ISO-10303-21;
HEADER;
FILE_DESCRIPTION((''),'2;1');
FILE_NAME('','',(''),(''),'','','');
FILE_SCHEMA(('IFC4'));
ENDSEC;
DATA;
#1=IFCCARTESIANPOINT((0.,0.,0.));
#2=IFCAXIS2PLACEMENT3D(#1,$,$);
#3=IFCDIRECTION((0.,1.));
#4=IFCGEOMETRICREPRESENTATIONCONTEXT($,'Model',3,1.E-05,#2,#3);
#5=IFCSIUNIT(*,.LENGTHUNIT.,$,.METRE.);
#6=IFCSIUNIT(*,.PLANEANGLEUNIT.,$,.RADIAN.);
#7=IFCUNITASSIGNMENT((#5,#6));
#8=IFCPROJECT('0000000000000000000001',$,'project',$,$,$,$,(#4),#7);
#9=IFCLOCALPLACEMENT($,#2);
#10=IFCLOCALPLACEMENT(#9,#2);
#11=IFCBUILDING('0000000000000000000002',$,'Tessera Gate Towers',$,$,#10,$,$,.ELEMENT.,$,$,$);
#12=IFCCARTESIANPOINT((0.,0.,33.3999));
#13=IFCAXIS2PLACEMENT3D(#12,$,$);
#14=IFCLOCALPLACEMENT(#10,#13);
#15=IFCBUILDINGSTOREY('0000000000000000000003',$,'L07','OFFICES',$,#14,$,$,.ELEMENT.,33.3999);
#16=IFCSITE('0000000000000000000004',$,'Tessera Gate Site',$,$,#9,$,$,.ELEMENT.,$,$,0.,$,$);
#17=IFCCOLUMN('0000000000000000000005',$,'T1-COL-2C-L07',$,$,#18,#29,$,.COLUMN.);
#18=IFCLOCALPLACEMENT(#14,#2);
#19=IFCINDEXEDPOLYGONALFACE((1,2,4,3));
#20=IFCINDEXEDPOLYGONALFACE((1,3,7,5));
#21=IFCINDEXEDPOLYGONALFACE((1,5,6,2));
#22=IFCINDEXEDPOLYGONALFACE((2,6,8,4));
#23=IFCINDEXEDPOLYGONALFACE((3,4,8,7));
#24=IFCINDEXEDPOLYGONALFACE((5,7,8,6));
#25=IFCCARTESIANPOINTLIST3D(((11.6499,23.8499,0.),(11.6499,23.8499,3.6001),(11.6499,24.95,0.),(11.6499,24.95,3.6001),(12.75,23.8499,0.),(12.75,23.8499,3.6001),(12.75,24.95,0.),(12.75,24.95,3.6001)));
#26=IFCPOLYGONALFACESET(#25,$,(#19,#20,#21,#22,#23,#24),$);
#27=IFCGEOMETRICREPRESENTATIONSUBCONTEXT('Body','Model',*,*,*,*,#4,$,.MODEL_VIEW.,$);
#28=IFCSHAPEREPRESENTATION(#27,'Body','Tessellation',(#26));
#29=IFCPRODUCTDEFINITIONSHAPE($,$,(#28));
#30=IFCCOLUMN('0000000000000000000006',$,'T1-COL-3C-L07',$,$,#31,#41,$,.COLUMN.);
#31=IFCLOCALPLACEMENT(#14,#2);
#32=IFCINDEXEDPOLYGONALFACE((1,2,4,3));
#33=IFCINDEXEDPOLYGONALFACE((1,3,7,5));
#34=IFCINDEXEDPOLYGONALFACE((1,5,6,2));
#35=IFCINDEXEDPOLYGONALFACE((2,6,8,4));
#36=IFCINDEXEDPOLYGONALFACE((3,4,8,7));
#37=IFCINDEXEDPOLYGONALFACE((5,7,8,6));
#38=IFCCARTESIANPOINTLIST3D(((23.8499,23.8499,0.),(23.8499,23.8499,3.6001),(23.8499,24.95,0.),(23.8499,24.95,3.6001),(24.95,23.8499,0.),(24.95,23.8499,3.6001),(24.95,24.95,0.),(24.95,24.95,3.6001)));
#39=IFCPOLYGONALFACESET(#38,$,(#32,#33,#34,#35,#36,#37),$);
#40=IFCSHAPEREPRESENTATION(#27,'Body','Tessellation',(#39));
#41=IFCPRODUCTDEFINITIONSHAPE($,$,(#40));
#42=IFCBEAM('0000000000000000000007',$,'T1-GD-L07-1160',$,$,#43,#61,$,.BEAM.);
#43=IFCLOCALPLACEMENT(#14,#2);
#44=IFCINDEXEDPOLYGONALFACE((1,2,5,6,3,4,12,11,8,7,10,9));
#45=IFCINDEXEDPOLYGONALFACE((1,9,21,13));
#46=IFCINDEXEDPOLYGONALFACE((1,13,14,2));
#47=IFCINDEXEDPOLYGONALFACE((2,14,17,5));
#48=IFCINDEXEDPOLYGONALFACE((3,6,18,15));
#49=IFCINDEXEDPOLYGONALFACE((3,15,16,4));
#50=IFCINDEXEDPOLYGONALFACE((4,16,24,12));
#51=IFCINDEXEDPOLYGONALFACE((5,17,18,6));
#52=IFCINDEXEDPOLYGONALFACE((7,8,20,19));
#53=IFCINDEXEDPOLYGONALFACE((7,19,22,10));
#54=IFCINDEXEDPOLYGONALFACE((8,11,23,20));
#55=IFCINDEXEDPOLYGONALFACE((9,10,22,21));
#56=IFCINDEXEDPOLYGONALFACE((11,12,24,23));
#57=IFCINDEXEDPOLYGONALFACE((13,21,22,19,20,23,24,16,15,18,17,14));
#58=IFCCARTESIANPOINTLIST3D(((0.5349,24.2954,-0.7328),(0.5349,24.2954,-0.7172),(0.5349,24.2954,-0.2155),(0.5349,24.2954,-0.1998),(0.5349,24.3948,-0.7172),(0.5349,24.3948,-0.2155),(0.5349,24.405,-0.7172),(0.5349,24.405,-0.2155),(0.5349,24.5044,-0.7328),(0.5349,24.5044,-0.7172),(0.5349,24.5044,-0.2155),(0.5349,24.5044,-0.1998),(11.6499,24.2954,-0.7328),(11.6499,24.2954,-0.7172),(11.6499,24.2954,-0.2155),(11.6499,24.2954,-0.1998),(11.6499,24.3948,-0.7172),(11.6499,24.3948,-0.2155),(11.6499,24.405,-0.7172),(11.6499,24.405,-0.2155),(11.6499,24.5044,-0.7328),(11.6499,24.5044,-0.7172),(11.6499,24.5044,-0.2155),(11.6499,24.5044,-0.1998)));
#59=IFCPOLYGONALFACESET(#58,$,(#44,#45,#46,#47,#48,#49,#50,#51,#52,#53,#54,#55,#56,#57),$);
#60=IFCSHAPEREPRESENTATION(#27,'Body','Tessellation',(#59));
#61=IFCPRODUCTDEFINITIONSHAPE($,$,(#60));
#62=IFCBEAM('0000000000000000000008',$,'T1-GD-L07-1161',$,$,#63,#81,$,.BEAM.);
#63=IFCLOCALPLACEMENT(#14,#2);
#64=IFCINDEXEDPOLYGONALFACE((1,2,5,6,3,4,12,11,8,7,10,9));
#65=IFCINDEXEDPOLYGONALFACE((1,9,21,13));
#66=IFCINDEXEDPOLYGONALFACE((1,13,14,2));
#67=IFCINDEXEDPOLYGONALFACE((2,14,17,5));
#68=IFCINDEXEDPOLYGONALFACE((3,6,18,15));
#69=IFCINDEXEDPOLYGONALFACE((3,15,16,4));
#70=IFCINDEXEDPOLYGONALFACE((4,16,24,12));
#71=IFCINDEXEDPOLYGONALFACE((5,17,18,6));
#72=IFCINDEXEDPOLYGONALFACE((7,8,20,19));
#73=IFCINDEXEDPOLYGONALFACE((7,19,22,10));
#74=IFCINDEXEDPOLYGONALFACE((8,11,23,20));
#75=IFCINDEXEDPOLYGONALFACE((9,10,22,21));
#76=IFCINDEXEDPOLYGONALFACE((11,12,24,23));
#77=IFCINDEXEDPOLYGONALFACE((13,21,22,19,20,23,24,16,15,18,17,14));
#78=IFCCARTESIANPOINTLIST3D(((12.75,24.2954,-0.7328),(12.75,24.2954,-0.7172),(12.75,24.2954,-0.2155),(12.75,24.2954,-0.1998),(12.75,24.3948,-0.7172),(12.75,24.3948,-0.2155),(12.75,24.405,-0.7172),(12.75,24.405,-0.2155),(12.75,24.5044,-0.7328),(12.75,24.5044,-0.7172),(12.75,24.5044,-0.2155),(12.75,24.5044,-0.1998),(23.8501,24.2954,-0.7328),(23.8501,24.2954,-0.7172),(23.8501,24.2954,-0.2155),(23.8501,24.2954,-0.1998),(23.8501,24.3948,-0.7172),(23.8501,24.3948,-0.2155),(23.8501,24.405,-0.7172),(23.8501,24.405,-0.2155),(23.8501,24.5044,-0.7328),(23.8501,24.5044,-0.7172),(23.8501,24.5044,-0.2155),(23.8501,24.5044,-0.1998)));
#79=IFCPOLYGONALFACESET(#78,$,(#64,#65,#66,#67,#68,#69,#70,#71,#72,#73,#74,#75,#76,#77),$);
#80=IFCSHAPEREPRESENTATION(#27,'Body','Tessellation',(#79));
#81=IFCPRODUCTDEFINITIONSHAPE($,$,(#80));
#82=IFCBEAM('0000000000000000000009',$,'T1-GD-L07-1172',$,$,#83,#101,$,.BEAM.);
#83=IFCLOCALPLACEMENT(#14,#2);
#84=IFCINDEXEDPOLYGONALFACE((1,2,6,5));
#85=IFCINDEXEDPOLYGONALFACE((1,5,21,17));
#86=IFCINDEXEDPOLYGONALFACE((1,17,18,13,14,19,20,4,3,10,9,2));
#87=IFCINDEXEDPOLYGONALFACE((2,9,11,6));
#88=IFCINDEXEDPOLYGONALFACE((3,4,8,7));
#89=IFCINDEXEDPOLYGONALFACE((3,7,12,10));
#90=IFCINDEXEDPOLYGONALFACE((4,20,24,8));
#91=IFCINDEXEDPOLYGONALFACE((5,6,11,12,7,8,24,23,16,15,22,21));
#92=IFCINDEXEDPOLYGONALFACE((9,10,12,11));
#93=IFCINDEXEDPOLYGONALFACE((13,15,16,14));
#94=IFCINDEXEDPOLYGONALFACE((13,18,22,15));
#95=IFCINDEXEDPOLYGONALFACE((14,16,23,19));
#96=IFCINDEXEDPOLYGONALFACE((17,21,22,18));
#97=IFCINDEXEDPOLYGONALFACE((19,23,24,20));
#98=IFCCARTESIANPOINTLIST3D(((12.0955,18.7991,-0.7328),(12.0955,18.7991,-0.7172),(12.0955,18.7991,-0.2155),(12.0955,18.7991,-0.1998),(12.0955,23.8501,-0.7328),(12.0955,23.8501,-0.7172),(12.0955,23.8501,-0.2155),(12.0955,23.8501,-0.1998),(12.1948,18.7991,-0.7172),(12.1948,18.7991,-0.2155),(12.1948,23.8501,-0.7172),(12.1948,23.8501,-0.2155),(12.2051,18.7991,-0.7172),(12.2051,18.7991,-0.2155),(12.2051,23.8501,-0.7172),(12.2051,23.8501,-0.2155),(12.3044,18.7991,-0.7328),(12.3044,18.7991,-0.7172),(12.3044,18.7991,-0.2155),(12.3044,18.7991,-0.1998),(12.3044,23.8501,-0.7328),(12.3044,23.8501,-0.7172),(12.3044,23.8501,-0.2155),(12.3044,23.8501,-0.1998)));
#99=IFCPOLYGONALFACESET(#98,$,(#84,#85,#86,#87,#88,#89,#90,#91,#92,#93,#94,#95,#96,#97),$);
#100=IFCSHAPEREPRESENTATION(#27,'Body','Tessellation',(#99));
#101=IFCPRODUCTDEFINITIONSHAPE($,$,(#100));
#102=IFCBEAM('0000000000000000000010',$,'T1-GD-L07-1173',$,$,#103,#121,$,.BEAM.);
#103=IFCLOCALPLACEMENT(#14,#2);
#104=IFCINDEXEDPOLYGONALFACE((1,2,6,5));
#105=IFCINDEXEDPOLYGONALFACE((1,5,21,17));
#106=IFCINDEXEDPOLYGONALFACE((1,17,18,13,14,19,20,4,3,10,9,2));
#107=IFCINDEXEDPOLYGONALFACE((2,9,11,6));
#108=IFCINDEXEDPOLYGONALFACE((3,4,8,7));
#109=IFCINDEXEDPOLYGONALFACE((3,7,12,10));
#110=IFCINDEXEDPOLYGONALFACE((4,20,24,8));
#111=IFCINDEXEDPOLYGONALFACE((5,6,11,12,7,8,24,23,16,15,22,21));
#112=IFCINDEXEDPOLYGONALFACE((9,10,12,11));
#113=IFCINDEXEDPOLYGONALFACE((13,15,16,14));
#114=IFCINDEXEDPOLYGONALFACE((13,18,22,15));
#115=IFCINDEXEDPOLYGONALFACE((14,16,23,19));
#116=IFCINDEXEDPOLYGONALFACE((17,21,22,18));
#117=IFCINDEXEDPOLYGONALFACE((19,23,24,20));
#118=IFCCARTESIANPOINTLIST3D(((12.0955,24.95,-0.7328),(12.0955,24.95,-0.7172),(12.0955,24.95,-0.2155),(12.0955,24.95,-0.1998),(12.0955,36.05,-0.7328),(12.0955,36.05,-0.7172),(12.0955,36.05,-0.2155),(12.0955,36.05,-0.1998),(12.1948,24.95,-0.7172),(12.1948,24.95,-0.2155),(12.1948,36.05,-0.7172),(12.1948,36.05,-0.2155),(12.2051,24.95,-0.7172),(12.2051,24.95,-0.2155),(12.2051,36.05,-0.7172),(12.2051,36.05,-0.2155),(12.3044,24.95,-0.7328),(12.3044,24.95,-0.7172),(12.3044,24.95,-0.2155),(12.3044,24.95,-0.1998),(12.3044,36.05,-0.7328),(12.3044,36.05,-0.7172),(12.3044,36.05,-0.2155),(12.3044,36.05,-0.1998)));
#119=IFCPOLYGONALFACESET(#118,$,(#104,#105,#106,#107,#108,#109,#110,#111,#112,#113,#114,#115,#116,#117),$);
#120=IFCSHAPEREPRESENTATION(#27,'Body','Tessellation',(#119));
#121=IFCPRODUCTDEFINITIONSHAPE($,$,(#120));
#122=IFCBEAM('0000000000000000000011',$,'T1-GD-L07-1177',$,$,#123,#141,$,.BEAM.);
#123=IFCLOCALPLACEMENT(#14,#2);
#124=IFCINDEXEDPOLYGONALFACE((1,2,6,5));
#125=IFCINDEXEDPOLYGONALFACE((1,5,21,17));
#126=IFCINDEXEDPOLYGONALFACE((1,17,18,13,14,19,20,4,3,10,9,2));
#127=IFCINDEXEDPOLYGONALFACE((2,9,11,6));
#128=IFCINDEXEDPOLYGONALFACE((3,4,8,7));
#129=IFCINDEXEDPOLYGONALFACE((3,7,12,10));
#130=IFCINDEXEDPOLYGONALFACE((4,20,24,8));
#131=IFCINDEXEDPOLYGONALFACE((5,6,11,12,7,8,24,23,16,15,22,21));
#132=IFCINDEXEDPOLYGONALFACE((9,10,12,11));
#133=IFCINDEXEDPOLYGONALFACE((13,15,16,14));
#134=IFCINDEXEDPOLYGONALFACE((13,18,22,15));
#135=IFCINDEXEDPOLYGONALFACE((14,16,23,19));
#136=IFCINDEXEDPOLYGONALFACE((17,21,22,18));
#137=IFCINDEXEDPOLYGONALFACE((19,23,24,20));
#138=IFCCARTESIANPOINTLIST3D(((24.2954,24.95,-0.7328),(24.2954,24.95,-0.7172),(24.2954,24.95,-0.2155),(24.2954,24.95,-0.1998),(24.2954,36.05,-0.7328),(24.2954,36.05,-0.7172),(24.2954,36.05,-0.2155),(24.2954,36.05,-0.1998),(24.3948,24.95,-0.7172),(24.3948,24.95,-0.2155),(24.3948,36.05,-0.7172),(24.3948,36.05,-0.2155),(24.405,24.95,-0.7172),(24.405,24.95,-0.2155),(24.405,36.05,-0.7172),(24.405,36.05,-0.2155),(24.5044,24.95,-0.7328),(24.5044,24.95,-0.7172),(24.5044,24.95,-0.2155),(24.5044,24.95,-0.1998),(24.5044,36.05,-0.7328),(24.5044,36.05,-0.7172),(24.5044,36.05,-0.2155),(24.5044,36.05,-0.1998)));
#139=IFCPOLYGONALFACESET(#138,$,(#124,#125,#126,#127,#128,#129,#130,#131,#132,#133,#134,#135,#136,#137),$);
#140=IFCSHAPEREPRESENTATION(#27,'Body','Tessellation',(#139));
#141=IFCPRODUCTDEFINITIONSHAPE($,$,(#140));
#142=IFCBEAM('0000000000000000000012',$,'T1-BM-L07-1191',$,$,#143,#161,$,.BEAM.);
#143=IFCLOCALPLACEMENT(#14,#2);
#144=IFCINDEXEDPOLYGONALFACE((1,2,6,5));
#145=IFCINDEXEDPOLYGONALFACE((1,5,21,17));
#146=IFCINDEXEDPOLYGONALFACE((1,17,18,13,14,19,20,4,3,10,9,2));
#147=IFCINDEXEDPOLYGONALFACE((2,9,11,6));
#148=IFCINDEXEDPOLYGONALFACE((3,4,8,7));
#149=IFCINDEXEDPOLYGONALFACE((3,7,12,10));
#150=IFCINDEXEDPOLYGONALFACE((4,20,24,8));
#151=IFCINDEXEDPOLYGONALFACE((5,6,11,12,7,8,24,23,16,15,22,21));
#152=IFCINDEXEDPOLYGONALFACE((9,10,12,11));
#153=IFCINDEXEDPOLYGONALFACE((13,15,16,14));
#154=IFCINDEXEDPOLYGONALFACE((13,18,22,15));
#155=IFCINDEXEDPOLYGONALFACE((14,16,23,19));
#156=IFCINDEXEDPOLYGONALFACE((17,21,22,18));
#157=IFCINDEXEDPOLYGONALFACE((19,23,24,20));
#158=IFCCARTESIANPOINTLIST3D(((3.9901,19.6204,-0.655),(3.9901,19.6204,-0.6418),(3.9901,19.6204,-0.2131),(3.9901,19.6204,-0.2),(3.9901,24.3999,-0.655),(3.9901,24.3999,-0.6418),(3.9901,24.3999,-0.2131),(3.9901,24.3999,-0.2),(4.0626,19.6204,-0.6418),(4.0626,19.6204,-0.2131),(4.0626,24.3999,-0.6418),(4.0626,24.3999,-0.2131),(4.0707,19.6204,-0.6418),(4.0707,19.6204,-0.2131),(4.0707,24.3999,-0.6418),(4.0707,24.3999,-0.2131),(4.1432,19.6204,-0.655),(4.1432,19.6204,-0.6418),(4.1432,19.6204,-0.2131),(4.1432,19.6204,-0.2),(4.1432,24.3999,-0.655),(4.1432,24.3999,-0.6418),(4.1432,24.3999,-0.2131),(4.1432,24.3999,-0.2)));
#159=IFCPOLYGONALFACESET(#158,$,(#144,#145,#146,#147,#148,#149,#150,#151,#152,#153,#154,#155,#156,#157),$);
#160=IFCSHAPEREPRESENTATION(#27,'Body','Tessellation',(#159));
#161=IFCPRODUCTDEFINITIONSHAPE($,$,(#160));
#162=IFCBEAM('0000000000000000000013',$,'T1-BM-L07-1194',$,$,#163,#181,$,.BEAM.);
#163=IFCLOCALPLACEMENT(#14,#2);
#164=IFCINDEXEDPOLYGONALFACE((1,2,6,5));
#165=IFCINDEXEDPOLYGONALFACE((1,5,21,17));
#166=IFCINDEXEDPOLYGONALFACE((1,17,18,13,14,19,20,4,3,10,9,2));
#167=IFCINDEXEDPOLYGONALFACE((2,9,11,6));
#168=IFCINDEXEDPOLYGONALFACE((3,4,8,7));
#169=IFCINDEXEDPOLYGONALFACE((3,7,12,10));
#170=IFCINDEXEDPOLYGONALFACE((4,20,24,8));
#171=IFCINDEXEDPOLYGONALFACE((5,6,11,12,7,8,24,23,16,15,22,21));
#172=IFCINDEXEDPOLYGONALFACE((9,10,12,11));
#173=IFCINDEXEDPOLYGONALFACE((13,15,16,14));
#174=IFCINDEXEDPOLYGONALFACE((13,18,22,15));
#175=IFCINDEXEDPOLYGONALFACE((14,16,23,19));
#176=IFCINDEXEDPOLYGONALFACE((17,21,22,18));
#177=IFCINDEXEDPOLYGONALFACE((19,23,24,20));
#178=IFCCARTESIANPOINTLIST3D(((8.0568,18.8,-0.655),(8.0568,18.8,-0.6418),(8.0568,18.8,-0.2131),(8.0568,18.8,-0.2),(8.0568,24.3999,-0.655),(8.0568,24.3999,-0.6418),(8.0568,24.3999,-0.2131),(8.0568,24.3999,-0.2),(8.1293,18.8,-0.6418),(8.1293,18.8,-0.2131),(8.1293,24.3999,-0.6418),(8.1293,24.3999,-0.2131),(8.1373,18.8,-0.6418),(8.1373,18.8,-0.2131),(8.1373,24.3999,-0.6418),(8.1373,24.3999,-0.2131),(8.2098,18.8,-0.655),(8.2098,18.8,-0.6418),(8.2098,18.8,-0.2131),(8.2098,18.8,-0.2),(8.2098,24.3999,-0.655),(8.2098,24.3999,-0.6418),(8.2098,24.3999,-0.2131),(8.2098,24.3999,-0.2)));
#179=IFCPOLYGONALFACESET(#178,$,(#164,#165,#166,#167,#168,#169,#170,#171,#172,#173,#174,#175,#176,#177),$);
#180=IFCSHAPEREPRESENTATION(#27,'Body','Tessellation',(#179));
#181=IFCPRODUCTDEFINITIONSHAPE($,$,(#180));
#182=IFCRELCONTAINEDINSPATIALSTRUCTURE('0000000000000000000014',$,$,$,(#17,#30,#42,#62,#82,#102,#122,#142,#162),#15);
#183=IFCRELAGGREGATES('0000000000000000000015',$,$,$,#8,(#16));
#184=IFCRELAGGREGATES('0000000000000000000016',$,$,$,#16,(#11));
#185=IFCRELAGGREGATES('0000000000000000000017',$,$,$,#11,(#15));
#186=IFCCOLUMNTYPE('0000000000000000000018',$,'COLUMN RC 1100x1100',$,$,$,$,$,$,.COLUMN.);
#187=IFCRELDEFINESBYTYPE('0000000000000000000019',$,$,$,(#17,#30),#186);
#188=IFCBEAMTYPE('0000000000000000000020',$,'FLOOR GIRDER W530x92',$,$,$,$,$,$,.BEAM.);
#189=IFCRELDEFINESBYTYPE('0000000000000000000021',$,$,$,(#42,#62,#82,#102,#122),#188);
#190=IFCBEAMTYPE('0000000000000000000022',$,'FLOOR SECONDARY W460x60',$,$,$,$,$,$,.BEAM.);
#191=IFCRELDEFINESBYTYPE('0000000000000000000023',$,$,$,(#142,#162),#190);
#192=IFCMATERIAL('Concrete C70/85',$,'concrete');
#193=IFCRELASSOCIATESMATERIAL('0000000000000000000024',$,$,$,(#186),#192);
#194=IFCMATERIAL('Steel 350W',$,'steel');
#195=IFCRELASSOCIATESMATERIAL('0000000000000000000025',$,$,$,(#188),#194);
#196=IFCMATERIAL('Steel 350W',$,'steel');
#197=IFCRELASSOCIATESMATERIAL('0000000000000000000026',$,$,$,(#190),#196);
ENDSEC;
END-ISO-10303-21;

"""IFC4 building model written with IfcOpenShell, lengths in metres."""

from ifc_helpers import new_model, si_unit, direction, frame, origin, origin_2d, place, context, subcontext, project, spatial, rectangle, i_section, extrude, material, material_profile, profile_set, type_object, element, save


model = new_model("IFC4")

# Units and contexts
model_context = context("Model", 3, precision=1e-05, world=origin(), true_north=direction((0.0, 1.0)))
body_context = subcontext(model_context, "Body", "Model", "MODEL_VIEW")
ifc_project = project(units=[si_unit("LENGTHUNIT", "METRE"), si_unit("PLANEANGLEUNIT", "RADIAN")], contexts=[model_context])

# Site, building, storey
site_placement = place(None, origin())
site = spatial("IfcSite", under=ifc_project, at=site_placement, Name="Tessera Gate Site", CompositionType="ELEMENT", RefElevation=0.0)
building_placement = place(site_placement, origin())
building = spatial("IfcBuilding", under=site, at=building_placement, Name="Tessera Gate Towers", CompositionType="ELEMENT")
storey_placement = place(building_placement, frame((0.0, 0.0, 33.3999)))
storey = spatial("IfcBuildingStorey", under=building, at=storey_placement, Name="L07", Description="OFFICES", CompositionType="ELEMENT", Elevation=33.3999)

# Columns
ifc_material_1 = material(Name="Concrete C70/85", Category="concrete")
ifc_material_profile_1 = material_profile(ifc_material_1, rectangle(XDim=1.1001, YDim=1.1001, at=origin_2d()), Name="RC 1100x1100")
ifc_profile_set_1 = profile_set([ifc_material_profile_1], Name="Concrete C70/85")
column_type = type_object("IfcColumnType", Name="COLUMN RC 1100x1100", PredefinedType="COLUMN", material=ifc_profile_set_1)
for number, where, z_axis, x_axis, name in (
    (1, (12.2, 24.3999, 0.0), (0.0, 0.0, 1.0), (1.0, 0.0, 0.0), "T1-COL-2C-L07"),
    (2, (24.3999, 24.3999, 0.0), (0.0, 0.0, 1.0), (1.0, 0.0, 0.0), "T1-COL-3C-L07"),
):
    element("IfcColumn", number, at=place(storey_placement, frame(where, z_axis=z_axis, x_axis=x_axis)), inside=storey, type_object=column_type, Name=name, PredefinedType="COLUMN", context=body_context, shape_type="SweptSolid", body=[
        extrude(rectangle(XDim=1.1001, YDim=1.1001, at=origin_2d()), origin(), (0.0, 0.0, 1.0), 3.6001),
    ])

# Beams
ifc_material_2 = material(Name="Steel 350W", Category="steel")
ifc_material_profile_2 = material_profile(ifc_material_2, i_section(OverallWidth=0.209, OverallDepth=0.533, WebThickness=0.0103, FlangeThickness=0.0156, at=origin_2d()), Name="W530x92")
ifc_profile_set_2 = profile_set([ifc_material_profile_2], Name="Steel 350W")
beam_type_1 = type_object("IfcBeamType", Name="FLOOR GIRDER W530x92", PredefinedType="BEAM", material=ifc_profile_set_2)
beam_1_placement = place(storey_placement, frame((0.5349, 24.3999, -0.4663), z_axis=(1.0, 0.0, 0.0), x_axis=(0.0, 1.0, 0.0)))
element("IfcBeam", 3, at=beam_1_placement, inside=storey, type_object=beam_type_1, Name="T1-GD-L07-1160", PredefinedType="BEAM", context=body_context, shape_type="SweptSolid", body=[
    extrude(i_section(OverallWidth=0.209, OverallDepth=0.533, WebThickness=0.0103, FlangeThickness=0.0156, at=origin_2d()), origin(), (0.0, 0.0, 1.0), 11.115),
])
beam_2_placement = place(storey_placement, frame((12.75, 24.3999, -0.4663), z_axis=(1.0, 0.0, 0.0), x_axis=(0.0, 1.0, 0.0)))
element("IfcBeam", 4, at=beam_2_placement, inside=storey, type_object=beam_type_1, Name="T1-GD-L07-1161", PredefinedType="BEAM", context=body_context, shape_type="SweptSolid", body=[
    extrude(i_section(OverallWidth=0.209, OverallDepth=0.533, WebThickness=0.0103, FlangeThickness=0.0156, at=origin_2d()), origin(), (0.0, 0.0, 1.0), 11.1001),
])
beam_3_placement = place(storey_placement, frame((12.2, 18.7991, -0.4663), z_axis=(0.0, 1.0, 0.0), x_axis=(-1.0, 0.0, 0.0)))
element("IfcBeam", 5, at=beam_3_placement, inside=storey, type_object=beam_type_1, Name="T1-GD-L07-1172", PredefinedType="BEAM", context=body_context, shape_type="SweptSolid", body=[
    extrude(i_section(OverallWidth=0.209, OverallDepth=0.533, WebThickness=0.0103, FlangeThickness=0.0156, at=origin_2d()), origin(), (0.0, 0.0, 1.0), 5.051),
])
for number, where, z_axis, x_axis, name in (
    (6, (12.2, 24.95, -0.4663), (0.0, 1.0, 0.0), (-1.0, 0.0, 0.0), "T1-GD-L07-1173"),
    (7, (24.3999, 24.95, -0.4663), (0.0, 1.0, 0.0), (-1.0, 0.0, 0.0), "T1-GD-L07-1177"),
):
    element("IfcBeam", number, at=place(storey_placement, frame(where, z_axis=z_axis, x_axis=x_axis)), inside=storey, type_object=beam_type_1, Name=name, PredefinedType="BEAM", context=body_context, shape_type="SweptSolid", body=[
        extrude(i_section(OverallWidth=0.209, OverallDepth=0.533, WebThickness=0.0103, FlangeThickness=0.0156, at=origin_2d()), origin(), (0.0, 0.0, 1.0), 11.1001),
    ])
ifc_material_3 = material(Name="Steel 350W", Category="steel")
ifc_material_profile_3 = material_profile(ifc_material_3, i_section(OverallWidth=0.1531, OverallDepth=0.4551, WebThickness=0.0081, FlangeThickness=0.0132, at=origin_2d()), Name="W460x60")
ifc_profile_set_3 = profile_set([ifc_material_profile_3], Name="Steel 350W")
beam_type_2 = type_object("IfcBeamType", Name="FLOOR SECONDARY W460x60", PredefinedType="BEAM", material=ifc_profile_set_3)
beam_4_placement = place(storey_placement, frame((4.0667, 19.6204, -0.4275), z_axis=(0.0, 1.0, 0.0), x_axis=(-1.0, 0.0, 0.0)))
element("IfcBeam", 8, at=beam_4_placement, inside=storey, type_object=beam_type_2, Name="T1-BM-L07-1191", PredefinedType="BEAM", context=body_context, shape_type="SweptSolid", body=[
    extrude(i_section(OverallWidth=0.1531, OverallDepth=0.4551, WebThickness=0.0081, FlangeThickness=0.0132, at=origin_2d()), origin(), (0.0, 0.0, 1.0), 4.7795),
])
beam_5_placement = place(storey_placement, frame((8.1333, 18.8, -0.4275), z_axis=(0.0, 1.0, 0.0), x_axis=(-1.0, 0.0, 0.0)))
element("IfcBeam", 9, at=beam_5_placement, inside=storey, type_object=beam_type_2, Name="T1-BM-L07-1194", PredefinedType="BEAM", context=body_context, shape_type="SweptSolid", body=[
    extrude(i_section(OverallWidth=0.1531, OverallDepth=0.4551, WebThickness=0.0081, FlangeThickness=0.0132, at=origin_2d()), origin(), (0.0, 0.0, 1.0), 5.5999),
])

save(model, "model.ifc")
